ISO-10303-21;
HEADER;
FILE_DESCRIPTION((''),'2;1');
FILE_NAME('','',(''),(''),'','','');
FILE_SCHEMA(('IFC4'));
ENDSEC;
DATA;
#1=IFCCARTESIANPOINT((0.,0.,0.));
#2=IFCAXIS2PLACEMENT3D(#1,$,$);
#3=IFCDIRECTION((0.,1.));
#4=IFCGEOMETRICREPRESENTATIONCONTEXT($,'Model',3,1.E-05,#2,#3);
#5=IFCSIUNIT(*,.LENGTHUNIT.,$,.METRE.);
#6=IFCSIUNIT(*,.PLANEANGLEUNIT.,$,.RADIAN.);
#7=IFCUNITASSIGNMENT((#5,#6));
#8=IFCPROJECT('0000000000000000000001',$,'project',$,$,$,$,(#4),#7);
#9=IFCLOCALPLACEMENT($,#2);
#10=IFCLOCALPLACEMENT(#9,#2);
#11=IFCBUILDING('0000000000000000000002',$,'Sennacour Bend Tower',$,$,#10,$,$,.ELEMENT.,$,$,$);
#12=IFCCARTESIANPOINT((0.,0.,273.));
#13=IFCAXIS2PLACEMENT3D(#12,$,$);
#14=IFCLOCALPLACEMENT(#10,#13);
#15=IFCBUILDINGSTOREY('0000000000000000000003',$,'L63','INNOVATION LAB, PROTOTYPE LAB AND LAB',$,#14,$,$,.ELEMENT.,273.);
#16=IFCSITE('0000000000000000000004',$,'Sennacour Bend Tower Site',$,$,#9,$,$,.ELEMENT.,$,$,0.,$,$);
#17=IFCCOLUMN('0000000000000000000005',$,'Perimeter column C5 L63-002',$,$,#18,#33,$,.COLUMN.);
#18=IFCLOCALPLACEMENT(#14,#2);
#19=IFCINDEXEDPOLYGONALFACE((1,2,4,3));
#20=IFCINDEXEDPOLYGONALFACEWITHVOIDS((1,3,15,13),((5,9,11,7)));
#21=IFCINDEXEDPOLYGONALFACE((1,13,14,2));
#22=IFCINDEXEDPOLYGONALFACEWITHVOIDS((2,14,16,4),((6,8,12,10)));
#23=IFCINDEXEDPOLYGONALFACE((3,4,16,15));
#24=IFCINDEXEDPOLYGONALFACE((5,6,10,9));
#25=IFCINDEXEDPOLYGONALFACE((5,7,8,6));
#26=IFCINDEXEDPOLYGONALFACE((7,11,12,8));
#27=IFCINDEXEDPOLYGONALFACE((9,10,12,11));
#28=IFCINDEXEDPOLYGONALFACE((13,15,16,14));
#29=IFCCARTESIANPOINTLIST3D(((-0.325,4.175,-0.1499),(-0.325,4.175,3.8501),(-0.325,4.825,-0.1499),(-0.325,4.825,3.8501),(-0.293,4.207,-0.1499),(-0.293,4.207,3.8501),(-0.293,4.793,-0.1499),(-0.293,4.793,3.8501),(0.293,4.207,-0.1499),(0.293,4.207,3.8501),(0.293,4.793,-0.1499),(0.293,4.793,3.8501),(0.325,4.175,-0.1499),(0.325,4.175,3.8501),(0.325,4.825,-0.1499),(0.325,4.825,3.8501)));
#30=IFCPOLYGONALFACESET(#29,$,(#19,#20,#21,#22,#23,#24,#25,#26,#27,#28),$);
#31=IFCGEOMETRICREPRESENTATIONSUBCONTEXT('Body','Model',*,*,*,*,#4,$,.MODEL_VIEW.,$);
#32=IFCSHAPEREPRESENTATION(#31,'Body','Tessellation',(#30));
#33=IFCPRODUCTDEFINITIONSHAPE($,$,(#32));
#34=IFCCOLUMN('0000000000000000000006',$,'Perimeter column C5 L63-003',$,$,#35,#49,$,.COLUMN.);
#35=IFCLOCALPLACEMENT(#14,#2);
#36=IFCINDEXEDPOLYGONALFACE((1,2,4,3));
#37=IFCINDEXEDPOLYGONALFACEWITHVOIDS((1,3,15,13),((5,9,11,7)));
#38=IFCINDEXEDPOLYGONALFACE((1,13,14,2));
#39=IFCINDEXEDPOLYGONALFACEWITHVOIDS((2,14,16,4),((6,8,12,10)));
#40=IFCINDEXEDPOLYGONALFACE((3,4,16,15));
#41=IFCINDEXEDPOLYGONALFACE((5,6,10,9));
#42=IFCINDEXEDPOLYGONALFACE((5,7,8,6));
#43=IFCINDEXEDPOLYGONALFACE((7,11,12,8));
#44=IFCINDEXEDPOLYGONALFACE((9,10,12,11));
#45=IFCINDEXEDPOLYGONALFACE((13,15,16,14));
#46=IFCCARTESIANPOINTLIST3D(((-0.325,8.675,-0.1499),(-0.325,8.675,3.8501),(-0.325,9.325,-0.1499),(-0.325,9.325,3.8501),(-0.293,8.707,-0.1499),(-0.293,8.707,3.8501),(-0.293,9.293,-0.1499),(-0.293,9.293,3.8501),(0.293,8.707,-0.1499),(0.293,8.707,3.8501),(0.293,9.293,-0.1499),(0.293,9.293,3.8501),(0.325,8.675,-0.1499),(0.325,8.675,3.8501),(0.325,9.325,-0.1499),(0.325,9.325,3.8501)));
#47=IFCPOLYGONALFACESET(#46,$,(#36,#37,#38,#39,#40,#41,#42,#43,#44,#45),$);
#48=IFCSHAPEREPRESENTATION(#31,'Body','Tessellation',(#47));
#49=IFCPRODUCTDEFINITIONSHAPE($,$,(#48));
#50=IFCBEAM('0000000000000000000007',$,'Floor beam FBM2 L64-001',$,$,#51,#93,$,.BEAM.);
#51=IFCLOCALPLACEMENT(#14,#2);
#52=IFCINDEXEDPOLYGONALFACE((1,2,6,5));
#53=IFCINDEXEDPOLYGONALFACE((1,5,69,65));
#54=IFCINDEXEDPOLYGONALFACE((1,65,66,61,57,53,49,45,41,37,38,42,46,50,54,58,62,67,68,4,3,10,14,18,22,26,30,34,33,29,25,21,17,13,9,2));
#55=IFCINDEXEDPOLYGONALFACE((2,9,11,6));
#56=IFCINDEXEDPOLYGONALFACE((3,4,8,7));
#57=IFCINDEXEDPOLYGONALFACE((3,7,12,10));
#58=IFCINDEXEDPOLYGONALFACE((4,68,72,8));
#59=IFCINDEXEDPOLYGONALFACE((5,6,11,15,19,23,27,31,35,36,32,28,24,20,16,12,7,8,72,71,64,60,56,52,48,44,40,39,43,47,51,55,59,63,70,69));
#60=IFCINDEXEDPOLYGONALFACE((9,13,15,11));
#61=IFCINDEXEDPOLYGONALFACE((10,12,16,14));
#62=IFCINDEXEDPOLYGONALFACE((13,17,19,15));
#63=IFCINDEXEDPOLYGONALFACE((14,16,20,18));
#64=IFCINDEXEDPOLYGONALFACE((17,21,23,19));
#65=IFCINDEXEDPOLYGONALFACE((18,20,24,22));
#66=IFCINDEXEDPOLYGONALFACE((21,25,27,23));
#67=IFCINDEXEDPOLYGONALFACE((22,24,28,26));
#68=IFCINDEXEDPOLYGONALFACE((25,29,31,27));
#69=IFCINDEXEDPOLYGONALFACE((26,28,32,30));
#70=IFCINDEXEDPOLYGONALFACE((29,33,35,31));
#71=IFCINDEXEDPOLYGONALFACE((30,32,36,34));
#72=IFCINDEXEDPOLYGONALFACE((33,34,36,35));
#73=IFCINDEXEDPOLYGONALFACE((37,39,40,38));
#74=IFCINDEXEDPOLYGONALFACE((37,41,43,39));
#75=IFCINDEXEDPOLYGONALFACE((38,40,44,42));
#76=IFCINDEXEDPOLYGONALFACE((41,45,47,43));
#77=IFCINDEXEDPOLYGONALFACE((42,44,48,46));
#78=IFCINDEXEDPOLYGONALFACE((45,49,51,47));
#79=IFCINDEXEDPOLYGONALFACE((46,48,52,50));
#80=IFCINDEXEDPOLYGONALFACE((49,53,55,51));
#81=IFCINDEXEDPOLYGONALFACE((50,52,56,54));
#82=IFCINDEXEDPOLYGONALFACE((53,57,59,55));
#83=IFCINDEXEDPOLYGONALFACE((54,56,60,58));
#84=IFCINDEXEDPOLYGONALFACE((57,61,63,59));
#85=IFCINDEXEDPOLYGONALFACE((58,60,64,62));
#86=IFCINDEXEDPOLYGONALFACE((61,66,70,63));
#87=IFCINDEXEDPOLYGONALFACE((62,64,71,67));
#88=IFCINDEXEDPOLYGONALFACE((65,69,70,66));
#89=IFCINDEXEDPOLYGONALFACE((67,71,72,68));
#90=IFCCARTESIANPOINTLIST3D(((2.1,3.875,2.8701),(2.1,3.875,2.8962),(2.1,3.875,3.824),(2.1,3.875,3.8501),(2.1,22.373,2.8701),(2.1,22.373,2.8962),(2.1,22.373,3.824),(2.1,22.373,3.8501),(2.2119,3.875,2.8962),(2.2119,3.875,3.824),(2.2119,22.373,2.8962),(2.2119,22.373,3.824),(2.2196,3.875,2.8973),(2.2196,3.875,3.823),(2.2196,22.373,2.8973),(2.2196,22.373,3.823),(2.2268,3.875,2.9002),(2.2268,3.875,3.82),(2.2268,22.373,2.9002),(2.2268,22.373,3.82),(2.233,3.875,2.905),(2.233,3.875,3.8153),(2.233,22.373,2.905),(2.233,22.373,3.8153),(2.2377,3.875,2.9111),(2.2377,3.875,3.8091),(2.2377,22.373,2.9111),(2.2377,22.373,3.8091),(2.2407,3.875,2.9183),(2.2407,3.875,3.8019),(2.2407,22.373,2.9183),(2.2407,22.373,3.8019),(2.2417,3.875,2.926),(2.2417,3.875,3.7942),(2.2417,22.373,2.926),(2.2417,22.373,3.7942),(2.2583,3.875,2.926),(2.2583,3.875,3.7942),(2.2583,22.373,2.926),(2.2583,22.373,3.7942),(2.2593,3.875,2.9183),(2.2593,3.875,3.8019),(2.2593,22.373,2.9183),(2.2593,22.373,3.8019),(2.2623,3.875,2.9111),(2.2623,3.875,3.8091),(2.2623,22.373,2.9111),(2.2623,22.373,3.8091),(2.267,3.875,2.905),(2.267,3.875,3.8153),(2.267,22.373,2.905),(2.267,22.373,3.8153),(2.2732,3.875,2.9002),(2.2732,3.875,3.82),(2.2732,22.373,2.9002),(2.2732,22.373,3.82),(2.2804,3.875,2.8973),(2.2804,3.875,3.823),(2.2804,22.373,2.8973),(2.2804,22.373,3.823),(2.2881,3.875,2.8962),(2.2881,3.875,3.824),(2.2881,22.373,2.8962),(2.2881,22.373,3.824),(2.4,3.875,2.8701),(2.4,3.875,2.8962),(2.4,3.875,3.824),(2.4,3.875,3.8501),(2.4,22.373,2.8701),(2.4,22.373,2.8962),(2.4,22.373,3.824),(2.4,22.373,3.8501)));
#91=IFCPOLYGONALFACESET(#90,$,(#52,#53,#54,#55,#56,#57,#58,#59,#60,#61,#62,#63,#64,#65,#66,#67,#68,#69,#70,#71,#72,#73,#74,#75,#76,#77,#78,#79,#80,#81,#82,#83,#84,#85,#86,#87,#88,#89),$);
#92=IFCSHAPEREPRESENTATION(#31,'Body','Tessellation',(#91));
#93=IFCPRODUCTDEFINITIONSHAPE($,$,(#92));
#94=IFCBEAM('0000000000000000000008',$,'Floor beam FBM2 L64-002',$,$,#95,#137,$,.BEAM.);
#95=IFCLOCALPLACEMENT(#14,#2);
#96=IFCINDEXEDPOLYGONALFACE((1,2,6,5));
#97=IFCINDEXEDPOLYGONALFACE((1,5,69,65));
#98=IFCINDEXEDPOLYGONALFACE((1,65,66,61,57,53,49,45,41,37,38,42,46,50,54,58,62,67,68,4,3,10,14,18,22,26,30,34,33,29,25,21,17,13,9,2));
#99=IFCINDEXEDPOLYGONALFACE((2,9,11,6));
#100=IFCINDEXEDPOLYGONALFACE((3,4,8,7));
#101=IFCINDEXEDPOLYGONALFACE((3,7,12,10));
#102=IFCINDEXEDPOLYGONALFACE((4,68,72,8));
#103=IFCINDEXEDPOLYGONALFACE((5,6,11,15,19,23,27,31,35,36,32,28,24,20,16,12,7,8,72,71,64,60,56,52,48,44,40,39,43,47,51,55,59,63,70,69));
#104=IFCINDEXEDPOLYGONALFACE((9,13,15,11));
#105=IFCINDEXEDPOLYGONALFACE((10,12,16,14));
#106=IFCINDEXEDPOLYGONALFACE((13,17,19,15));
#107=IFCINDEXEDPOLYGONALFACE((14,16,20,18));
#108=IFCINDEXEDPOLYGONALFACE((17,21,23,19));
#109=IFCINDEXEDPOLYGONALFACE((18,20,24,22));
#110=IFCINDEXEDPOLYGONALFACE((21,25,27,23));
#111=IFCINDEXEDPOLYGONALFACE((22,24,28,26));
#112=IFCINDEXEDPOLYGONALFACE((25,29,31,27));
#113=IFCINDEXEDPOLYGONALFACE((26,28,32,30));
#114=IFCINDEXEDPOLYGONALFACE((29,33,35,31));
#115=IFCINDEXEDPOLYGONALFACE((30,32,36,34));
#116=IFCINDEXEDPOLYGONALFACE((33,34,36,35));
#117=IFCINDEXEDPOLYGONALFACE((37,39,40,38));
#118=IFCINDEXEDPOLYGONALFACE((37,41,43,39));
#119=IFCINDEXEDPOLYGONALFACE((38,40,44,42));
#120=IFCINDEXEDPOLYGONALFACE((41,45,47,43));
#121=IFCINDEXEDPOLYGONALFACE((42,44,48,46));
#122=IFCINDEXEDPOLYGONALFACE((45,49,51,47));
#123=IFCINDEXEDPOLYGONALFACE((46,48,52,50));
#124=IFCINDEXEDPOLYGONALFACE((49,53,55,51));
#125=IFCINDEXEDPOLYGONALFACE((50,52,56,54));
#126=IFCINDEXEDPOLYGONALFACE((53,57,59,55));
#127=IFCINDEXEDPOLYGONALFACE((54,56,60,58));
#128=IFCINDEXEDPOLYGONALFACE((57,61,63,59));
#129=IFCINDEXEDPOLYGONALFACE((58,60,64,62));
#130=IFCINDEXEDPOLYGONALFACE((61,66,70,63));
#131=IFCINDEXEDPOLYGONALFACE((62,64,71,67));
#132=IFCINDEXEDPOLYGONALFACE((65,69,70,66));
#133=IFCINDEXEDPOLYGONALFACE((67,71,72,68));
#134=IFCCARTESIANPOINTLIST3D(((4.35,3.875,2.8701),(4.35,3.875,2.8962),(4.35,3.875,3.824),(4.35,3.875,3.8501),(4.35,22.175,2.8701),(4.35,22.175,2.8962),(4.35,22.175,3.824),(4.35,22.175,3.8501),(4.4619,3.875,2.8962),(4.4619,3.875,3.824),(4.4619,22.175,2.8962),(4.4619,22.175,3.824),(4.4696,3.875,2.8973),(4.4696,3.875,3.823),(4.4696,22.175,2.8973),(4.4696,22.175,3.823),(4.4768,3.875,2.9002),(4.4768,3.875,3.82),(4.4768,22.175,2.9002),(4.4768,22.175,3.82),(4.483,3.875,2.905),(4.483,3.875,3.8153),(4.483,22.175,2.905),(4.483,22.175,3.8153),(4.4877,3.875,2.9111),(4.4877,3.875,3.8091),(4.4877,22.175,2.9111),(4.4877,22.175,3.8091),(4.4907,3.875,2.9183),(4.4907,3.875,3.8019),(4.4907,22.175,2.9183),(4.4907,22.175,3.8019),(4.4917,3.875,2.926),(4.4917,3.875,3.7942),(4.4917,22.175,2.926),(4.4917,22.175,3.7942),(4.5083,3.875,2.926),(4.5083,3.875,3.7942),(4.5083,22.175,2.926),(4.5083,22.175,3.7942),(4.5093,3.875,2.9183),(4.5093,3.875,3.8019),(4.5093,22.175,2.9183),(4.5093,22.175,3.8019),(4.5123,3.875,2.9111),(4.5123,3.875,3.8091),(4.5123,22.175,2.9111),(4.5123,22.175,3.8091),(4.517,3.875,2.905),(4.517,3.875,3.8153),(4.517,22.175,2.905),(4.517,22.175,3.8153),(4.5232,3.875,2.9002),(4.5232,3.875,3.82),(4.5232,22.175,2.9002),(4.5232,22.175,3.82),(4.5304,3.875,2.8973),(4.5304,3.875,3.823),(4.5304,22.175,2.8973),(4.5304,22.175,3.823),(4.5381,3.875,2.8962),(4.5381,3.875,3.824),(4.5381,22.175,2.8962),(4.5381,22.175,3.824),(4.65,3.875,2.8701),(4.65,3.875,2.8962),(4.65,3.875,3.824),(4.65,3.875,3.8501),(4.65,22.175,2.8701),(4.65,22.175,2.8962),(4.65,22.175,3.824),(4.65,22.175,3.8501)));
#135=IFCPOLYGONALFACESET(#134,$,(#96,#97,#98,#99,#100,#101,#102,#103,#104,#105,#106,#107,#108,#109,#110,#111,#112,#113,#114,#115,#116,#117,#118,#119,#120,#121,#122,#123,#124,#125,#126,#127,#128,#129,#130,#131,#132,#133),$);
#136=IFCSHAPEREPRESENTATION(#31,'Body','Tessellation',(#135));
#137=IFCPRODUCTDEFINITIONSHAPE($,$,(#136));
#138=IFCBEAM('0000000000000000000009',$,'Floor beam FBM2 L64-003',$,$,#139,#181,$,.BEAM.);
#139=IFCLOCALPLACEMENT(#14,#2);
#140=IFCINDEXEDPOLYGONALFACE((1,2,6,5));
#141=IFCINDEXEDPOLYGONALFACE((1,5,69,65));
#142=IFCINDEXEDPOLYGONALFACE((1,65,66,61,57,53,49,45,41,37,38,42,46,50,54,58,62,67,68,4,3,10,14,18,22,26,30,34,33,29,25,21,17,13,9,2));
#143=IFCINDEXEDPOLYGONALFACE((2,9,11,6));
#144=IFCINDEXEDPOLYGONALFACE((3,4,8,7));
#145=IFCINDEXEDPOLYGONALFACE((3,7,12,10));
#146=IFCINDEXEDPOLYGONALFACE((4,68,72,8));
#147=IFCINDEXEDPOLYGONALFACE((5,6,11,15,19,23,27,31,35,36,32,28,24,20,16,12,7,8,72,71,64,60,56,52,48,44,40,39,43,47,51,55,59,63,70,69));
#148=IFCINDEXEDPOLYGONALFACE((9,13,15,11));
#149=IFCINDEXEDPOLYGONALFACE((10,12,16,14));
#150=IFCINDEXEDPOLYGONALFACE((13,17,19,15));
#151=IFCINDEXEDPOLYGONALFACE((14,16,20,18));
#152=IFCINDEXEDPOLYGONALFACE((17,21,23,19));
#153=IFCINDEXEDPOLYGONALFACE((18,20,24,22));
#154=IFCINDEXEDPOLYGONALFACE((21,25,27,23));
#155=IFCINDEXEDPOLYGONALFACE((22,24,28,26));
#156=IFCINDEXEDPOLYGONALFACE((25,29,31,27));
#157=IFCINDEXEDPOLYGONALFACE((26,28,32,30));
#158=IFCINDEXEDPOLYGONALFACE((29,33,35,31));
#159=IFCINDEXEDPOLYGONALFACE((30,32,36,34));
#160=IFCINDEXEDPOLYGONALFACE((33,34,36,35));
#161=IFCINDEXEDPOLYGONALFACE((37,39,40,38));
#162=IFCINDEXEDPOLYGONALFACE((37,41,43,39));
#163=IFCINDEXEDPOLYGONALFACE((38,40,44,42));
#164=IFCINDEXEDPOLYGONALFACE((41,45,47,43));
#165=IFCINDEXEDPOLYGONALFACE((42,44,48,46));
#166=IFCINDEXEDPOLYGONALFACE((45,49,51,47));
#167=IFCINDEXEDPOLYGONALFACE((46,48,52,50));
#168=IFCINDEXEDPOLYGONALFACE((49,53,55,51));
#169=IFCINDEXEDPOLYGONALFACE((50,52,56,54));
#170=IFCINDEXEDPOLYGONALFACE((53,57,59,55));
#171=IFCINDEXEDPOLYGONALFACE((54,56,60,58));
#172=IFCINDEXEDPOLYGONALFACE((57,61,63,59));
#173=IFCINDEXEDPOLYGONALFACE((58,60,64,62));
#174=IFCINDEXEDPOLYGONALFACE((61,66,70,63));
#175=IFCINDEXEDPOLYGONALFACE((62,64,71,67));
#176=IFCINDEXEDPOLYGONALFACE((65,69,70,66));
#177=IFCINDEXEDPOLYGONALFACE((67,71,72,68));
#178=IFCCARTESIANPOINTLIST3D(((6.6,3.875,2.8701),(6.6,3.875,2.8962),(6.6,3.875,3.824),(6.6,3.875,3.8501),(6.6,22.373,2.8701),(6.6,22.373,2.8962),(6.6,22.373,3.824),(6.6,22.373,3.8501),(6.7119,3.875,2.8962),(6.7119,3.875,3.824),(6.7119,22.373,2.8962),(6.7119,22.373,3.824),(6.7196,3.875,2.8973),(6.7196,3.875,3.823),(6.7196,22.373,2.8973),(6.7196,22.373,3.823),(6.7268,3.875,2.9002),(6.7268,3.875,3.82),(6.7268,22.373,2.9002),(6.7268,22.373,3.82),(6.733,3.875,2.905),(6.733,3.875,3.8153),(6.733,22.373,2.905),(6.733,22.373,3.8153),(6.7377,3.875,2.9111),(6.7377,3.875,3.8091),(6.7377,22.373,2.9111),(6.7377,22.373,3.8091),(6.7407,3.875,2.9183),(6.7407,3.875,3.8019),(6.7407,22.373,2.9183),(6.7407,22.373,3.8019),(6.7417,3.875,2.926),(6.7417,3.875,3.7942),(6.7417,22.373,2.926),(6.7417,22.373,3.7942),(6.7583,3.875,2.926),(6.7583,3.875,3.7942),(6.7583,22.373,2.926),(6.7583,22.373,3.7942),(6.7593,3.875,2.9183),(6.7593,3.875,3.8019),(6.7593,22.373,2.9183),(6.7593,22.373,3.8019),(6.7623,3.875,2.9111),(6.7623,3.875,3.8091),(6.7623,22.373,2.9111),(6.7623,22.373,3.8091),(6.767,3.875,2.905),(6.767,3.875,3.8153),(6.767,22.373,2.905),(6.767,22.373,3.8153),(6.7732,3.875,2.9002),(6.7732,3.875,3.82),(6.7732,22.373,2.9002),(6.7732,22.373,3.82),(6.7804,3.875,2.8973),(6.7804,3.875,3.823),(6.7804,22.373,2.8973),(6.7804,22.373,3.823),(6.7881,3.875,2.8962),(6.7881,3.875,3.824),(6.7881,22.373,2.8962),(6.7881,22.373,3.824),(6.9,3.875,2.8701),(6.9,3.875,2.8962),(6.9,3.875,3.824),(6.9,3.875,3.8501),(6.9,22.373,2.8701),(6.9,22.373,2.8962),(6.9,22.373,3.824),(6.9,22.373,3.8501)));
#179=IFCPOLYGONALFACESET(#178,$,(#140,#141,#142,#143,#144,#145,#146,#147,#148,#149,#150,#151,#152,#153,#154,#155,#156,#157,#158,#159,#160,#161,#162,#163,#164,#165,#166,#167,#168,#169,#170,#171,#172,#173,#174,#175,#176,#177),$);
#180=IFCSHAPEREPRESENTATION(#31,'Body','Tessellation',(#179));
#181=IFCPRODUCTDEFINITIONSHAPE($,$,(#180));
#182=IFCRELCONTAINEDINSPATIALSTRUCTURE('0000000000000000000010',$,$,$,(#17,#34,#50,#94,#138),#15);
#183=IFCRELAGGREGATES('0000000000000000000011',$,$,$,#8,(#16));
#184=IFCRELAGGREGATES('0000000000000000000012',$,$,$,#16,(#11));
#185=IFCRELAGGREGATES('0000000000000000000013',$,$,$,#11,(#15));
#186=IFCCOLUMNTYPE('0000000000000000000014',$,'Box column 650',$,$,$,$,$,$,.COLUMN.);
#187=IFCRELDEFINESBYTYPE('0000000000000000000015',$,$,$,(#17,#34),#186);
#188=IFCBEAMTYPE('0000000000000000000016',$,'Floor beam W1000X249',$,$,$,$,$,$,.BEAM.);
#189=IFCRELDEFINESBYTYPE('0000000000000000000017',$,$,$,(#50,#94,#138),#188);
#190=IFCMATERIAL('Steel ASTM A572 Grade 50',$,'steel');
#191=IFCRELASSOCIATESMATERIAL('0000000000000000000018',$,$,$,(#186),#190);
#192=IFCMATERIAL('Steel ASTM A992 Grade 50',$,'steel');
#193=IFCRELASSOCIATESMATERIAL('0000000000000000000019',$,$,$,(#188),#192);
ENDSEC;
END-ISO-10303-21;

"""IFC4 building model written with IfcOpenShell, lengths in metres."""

from ifc_helpers import new_model, si_unit, direction, frame, origin, origin_2d, place, context, subcontext, project, spatial, hollow_rectangle, i_section, extrude, material, material_profile, profile_set, type_object, element, save


model = new_model("IFC4")

# Units and contexts
model_context = context("Model", 3, precision=1e-05, world=origin(), true_north=direction((0.0, 1.0)))
body_context = subcontext(model_context, "Body", "Model", "MODEL_VIEW")
ifc_project = project(units=[si_unit("LENGTHUNIT", "METRE"), si_unit("PLANEANGLEUNIT", "RADIAN")], contexts=[model_context])

# Site, building, storey
site_placement = place(None, origin())
site = spatial("IfcSite", under=ifc_project, at=site_placement, Name="Sennacour Bend Tower Site", CompositionType="ELEMENT", RefElevation=0.0)
building_placement = place(site_placement, origin())
building = spatial("IfcBuilding", under=site, at=building_placement, Name="Sennacour Bend Tower", CompositionType="ELEMENT")
storey_placement = place(building_placement, frame((0.0, 0.0, 273.0)))
storey = spatial("IfcBuildingStorey", under=building, at=storey_placement, Name="L63", Description="INNOVATION LAB, PROTOTYPE LAB AND LAB", CompositionType="ELEMENT", Elevation=273.0)

# Columns
ifc_material_1 = material(Name="Steel ASTM A572 Grade 50", Category="steel")
ifc_material_profile_1 = material_profile(ifc_material_1, hollow_rectangle(XDim=0.6499, YDim=0.6499, WallThickness=0.032, at=origin_2d()), Name="Steel ASTM A572 Grade 50", Category="steel")
ifc_profile_set_1 = profile_set([ifc_material_profile_1], Name="Steel ASTM A572 Grade 50")
column_type = type_object("IfcColumnType", Name="Box column 650", PredefinedType="COLUMN", material=ifc_profile_set_1)
for number, where, z_axis, x_axis, name in (
    (1, (0.0, 4.5, -0.1499), (0.0, 0.0, 1.0), (1.0, 0.0, 0.0), "Perimeter column C5 L63-002"),
    (2, (0.0, 9.0, -0.1499), (0.0, 0.0, 1.0), (1.0, 0.0, 0.0), "Perimeter column C5 L63-003"),
):
    element("IfcColumn", number, at=place(storey_placement, frame(where, z_axis=z_axis, x_axis=x_axis)), inside=storey, type_object=column_type, Name=name, PredefinedType="COLUMN", context=body_context, shape_type="SweptSolid", body=[
        extrude(hollow_rectangle(XDim=0.6499, YDim=0.6499, WallThickness=0.032, at=origin_2d()), origin(), (0.0, 0.0, 1.0), 4.0),
    ])

# Beams
ifc_material_2 = material(Name="Steel ASTM A992 Grade 50", Category="steel")
ifc_material_profile_2 = material_profile(ifc_material_2, i_section(OverallWidth=0.3, OverallDepth=0.98, WebThickness=0.0166, FlangeThickness=0.0261, FilletRadius=0.0298, at=origin_2d()), Name="Steel ASTM A992 Grade 50", Category="steel")
ifc_profile_set_2 = profile_set([ifc_material_profile_2], Name="Steel ASTM A992 Grade 50")
beam_type_1 = type_object("IfcBeamType", Name="Floor beam W1000X249", PredefinedType="BEAM", material=ifc_profile_set_2)
beam_1_placement = place(storey_placement, frame((2.25, 3.875, 3.3601), z_axis=(0.0, 1.0, 0.0), x_axis=(-1.0, 0.0, 0.0)))
element("IfcBeam", 3, at=beam_1_placement, inside=storey, type_object=beam_type_1, Name="Floor beam FBM2 L64-001", PredefinedType="BEAM", context=body_context, shape_type="SweptSolid", body=[
    extrude(i_section(OverallWidth=0.3, OverallDepth=0.98, WebThickness=0.0166, FlangeThickness=0.0261, FilletRadius=0.0298, at=origin_2d()), origin(), (0.0, 0.0, 1.0), 18.498),
])
beam_2_placement = place(storey_placement, frame((4.5, 3.875, 3.3601), z_axis=(0.0, 1.0, 0.0), x_axis=(-1.0, 0.0, 0.0)))
element("IfcBeam", 4, at=beam_2_placement, inside=storey, type_object=beam_type_1, Name="Floor beam FBM2 L64-002", PredefinedType="BEAM", context=body_context, shape_type="SweptSolid", body=[
    extrude(i_section(OverallWidth=0.3, OverallDepth=0.98, WebThickness=0.0166, FlangeThickness=0.0261, FilletRadius=0.0298, at=origin_2d()), origin(), (0.0, 0.0, 1.0), 18.3),
])
beam_3_placement = place(storey_placement, frame((6.75, 3.875, 3.3601), z_axis=(0.0, 1.0, 0.0), x_axis=(-1.0, 0.0, 0.0)))
element("IfcBeam", 5, at=beam_3_placement, inside=storey, type_object=beam_type_1, Name="Floor beam FBM2 L64-003", PredefinedType="BEAM", context=body_context, shape_type="SweptSolid", body=[
    extrude(i_section(OverallWidth=0.3, OverallDepth=0.98, WebThickness=0.0166, FlangeThickness=0.0261, FilletRadius=0.0298, at=origin_2d()), origin(), (0.0, 0.0, 1.0), 18.498),
])

save(model, "model.ifc")
